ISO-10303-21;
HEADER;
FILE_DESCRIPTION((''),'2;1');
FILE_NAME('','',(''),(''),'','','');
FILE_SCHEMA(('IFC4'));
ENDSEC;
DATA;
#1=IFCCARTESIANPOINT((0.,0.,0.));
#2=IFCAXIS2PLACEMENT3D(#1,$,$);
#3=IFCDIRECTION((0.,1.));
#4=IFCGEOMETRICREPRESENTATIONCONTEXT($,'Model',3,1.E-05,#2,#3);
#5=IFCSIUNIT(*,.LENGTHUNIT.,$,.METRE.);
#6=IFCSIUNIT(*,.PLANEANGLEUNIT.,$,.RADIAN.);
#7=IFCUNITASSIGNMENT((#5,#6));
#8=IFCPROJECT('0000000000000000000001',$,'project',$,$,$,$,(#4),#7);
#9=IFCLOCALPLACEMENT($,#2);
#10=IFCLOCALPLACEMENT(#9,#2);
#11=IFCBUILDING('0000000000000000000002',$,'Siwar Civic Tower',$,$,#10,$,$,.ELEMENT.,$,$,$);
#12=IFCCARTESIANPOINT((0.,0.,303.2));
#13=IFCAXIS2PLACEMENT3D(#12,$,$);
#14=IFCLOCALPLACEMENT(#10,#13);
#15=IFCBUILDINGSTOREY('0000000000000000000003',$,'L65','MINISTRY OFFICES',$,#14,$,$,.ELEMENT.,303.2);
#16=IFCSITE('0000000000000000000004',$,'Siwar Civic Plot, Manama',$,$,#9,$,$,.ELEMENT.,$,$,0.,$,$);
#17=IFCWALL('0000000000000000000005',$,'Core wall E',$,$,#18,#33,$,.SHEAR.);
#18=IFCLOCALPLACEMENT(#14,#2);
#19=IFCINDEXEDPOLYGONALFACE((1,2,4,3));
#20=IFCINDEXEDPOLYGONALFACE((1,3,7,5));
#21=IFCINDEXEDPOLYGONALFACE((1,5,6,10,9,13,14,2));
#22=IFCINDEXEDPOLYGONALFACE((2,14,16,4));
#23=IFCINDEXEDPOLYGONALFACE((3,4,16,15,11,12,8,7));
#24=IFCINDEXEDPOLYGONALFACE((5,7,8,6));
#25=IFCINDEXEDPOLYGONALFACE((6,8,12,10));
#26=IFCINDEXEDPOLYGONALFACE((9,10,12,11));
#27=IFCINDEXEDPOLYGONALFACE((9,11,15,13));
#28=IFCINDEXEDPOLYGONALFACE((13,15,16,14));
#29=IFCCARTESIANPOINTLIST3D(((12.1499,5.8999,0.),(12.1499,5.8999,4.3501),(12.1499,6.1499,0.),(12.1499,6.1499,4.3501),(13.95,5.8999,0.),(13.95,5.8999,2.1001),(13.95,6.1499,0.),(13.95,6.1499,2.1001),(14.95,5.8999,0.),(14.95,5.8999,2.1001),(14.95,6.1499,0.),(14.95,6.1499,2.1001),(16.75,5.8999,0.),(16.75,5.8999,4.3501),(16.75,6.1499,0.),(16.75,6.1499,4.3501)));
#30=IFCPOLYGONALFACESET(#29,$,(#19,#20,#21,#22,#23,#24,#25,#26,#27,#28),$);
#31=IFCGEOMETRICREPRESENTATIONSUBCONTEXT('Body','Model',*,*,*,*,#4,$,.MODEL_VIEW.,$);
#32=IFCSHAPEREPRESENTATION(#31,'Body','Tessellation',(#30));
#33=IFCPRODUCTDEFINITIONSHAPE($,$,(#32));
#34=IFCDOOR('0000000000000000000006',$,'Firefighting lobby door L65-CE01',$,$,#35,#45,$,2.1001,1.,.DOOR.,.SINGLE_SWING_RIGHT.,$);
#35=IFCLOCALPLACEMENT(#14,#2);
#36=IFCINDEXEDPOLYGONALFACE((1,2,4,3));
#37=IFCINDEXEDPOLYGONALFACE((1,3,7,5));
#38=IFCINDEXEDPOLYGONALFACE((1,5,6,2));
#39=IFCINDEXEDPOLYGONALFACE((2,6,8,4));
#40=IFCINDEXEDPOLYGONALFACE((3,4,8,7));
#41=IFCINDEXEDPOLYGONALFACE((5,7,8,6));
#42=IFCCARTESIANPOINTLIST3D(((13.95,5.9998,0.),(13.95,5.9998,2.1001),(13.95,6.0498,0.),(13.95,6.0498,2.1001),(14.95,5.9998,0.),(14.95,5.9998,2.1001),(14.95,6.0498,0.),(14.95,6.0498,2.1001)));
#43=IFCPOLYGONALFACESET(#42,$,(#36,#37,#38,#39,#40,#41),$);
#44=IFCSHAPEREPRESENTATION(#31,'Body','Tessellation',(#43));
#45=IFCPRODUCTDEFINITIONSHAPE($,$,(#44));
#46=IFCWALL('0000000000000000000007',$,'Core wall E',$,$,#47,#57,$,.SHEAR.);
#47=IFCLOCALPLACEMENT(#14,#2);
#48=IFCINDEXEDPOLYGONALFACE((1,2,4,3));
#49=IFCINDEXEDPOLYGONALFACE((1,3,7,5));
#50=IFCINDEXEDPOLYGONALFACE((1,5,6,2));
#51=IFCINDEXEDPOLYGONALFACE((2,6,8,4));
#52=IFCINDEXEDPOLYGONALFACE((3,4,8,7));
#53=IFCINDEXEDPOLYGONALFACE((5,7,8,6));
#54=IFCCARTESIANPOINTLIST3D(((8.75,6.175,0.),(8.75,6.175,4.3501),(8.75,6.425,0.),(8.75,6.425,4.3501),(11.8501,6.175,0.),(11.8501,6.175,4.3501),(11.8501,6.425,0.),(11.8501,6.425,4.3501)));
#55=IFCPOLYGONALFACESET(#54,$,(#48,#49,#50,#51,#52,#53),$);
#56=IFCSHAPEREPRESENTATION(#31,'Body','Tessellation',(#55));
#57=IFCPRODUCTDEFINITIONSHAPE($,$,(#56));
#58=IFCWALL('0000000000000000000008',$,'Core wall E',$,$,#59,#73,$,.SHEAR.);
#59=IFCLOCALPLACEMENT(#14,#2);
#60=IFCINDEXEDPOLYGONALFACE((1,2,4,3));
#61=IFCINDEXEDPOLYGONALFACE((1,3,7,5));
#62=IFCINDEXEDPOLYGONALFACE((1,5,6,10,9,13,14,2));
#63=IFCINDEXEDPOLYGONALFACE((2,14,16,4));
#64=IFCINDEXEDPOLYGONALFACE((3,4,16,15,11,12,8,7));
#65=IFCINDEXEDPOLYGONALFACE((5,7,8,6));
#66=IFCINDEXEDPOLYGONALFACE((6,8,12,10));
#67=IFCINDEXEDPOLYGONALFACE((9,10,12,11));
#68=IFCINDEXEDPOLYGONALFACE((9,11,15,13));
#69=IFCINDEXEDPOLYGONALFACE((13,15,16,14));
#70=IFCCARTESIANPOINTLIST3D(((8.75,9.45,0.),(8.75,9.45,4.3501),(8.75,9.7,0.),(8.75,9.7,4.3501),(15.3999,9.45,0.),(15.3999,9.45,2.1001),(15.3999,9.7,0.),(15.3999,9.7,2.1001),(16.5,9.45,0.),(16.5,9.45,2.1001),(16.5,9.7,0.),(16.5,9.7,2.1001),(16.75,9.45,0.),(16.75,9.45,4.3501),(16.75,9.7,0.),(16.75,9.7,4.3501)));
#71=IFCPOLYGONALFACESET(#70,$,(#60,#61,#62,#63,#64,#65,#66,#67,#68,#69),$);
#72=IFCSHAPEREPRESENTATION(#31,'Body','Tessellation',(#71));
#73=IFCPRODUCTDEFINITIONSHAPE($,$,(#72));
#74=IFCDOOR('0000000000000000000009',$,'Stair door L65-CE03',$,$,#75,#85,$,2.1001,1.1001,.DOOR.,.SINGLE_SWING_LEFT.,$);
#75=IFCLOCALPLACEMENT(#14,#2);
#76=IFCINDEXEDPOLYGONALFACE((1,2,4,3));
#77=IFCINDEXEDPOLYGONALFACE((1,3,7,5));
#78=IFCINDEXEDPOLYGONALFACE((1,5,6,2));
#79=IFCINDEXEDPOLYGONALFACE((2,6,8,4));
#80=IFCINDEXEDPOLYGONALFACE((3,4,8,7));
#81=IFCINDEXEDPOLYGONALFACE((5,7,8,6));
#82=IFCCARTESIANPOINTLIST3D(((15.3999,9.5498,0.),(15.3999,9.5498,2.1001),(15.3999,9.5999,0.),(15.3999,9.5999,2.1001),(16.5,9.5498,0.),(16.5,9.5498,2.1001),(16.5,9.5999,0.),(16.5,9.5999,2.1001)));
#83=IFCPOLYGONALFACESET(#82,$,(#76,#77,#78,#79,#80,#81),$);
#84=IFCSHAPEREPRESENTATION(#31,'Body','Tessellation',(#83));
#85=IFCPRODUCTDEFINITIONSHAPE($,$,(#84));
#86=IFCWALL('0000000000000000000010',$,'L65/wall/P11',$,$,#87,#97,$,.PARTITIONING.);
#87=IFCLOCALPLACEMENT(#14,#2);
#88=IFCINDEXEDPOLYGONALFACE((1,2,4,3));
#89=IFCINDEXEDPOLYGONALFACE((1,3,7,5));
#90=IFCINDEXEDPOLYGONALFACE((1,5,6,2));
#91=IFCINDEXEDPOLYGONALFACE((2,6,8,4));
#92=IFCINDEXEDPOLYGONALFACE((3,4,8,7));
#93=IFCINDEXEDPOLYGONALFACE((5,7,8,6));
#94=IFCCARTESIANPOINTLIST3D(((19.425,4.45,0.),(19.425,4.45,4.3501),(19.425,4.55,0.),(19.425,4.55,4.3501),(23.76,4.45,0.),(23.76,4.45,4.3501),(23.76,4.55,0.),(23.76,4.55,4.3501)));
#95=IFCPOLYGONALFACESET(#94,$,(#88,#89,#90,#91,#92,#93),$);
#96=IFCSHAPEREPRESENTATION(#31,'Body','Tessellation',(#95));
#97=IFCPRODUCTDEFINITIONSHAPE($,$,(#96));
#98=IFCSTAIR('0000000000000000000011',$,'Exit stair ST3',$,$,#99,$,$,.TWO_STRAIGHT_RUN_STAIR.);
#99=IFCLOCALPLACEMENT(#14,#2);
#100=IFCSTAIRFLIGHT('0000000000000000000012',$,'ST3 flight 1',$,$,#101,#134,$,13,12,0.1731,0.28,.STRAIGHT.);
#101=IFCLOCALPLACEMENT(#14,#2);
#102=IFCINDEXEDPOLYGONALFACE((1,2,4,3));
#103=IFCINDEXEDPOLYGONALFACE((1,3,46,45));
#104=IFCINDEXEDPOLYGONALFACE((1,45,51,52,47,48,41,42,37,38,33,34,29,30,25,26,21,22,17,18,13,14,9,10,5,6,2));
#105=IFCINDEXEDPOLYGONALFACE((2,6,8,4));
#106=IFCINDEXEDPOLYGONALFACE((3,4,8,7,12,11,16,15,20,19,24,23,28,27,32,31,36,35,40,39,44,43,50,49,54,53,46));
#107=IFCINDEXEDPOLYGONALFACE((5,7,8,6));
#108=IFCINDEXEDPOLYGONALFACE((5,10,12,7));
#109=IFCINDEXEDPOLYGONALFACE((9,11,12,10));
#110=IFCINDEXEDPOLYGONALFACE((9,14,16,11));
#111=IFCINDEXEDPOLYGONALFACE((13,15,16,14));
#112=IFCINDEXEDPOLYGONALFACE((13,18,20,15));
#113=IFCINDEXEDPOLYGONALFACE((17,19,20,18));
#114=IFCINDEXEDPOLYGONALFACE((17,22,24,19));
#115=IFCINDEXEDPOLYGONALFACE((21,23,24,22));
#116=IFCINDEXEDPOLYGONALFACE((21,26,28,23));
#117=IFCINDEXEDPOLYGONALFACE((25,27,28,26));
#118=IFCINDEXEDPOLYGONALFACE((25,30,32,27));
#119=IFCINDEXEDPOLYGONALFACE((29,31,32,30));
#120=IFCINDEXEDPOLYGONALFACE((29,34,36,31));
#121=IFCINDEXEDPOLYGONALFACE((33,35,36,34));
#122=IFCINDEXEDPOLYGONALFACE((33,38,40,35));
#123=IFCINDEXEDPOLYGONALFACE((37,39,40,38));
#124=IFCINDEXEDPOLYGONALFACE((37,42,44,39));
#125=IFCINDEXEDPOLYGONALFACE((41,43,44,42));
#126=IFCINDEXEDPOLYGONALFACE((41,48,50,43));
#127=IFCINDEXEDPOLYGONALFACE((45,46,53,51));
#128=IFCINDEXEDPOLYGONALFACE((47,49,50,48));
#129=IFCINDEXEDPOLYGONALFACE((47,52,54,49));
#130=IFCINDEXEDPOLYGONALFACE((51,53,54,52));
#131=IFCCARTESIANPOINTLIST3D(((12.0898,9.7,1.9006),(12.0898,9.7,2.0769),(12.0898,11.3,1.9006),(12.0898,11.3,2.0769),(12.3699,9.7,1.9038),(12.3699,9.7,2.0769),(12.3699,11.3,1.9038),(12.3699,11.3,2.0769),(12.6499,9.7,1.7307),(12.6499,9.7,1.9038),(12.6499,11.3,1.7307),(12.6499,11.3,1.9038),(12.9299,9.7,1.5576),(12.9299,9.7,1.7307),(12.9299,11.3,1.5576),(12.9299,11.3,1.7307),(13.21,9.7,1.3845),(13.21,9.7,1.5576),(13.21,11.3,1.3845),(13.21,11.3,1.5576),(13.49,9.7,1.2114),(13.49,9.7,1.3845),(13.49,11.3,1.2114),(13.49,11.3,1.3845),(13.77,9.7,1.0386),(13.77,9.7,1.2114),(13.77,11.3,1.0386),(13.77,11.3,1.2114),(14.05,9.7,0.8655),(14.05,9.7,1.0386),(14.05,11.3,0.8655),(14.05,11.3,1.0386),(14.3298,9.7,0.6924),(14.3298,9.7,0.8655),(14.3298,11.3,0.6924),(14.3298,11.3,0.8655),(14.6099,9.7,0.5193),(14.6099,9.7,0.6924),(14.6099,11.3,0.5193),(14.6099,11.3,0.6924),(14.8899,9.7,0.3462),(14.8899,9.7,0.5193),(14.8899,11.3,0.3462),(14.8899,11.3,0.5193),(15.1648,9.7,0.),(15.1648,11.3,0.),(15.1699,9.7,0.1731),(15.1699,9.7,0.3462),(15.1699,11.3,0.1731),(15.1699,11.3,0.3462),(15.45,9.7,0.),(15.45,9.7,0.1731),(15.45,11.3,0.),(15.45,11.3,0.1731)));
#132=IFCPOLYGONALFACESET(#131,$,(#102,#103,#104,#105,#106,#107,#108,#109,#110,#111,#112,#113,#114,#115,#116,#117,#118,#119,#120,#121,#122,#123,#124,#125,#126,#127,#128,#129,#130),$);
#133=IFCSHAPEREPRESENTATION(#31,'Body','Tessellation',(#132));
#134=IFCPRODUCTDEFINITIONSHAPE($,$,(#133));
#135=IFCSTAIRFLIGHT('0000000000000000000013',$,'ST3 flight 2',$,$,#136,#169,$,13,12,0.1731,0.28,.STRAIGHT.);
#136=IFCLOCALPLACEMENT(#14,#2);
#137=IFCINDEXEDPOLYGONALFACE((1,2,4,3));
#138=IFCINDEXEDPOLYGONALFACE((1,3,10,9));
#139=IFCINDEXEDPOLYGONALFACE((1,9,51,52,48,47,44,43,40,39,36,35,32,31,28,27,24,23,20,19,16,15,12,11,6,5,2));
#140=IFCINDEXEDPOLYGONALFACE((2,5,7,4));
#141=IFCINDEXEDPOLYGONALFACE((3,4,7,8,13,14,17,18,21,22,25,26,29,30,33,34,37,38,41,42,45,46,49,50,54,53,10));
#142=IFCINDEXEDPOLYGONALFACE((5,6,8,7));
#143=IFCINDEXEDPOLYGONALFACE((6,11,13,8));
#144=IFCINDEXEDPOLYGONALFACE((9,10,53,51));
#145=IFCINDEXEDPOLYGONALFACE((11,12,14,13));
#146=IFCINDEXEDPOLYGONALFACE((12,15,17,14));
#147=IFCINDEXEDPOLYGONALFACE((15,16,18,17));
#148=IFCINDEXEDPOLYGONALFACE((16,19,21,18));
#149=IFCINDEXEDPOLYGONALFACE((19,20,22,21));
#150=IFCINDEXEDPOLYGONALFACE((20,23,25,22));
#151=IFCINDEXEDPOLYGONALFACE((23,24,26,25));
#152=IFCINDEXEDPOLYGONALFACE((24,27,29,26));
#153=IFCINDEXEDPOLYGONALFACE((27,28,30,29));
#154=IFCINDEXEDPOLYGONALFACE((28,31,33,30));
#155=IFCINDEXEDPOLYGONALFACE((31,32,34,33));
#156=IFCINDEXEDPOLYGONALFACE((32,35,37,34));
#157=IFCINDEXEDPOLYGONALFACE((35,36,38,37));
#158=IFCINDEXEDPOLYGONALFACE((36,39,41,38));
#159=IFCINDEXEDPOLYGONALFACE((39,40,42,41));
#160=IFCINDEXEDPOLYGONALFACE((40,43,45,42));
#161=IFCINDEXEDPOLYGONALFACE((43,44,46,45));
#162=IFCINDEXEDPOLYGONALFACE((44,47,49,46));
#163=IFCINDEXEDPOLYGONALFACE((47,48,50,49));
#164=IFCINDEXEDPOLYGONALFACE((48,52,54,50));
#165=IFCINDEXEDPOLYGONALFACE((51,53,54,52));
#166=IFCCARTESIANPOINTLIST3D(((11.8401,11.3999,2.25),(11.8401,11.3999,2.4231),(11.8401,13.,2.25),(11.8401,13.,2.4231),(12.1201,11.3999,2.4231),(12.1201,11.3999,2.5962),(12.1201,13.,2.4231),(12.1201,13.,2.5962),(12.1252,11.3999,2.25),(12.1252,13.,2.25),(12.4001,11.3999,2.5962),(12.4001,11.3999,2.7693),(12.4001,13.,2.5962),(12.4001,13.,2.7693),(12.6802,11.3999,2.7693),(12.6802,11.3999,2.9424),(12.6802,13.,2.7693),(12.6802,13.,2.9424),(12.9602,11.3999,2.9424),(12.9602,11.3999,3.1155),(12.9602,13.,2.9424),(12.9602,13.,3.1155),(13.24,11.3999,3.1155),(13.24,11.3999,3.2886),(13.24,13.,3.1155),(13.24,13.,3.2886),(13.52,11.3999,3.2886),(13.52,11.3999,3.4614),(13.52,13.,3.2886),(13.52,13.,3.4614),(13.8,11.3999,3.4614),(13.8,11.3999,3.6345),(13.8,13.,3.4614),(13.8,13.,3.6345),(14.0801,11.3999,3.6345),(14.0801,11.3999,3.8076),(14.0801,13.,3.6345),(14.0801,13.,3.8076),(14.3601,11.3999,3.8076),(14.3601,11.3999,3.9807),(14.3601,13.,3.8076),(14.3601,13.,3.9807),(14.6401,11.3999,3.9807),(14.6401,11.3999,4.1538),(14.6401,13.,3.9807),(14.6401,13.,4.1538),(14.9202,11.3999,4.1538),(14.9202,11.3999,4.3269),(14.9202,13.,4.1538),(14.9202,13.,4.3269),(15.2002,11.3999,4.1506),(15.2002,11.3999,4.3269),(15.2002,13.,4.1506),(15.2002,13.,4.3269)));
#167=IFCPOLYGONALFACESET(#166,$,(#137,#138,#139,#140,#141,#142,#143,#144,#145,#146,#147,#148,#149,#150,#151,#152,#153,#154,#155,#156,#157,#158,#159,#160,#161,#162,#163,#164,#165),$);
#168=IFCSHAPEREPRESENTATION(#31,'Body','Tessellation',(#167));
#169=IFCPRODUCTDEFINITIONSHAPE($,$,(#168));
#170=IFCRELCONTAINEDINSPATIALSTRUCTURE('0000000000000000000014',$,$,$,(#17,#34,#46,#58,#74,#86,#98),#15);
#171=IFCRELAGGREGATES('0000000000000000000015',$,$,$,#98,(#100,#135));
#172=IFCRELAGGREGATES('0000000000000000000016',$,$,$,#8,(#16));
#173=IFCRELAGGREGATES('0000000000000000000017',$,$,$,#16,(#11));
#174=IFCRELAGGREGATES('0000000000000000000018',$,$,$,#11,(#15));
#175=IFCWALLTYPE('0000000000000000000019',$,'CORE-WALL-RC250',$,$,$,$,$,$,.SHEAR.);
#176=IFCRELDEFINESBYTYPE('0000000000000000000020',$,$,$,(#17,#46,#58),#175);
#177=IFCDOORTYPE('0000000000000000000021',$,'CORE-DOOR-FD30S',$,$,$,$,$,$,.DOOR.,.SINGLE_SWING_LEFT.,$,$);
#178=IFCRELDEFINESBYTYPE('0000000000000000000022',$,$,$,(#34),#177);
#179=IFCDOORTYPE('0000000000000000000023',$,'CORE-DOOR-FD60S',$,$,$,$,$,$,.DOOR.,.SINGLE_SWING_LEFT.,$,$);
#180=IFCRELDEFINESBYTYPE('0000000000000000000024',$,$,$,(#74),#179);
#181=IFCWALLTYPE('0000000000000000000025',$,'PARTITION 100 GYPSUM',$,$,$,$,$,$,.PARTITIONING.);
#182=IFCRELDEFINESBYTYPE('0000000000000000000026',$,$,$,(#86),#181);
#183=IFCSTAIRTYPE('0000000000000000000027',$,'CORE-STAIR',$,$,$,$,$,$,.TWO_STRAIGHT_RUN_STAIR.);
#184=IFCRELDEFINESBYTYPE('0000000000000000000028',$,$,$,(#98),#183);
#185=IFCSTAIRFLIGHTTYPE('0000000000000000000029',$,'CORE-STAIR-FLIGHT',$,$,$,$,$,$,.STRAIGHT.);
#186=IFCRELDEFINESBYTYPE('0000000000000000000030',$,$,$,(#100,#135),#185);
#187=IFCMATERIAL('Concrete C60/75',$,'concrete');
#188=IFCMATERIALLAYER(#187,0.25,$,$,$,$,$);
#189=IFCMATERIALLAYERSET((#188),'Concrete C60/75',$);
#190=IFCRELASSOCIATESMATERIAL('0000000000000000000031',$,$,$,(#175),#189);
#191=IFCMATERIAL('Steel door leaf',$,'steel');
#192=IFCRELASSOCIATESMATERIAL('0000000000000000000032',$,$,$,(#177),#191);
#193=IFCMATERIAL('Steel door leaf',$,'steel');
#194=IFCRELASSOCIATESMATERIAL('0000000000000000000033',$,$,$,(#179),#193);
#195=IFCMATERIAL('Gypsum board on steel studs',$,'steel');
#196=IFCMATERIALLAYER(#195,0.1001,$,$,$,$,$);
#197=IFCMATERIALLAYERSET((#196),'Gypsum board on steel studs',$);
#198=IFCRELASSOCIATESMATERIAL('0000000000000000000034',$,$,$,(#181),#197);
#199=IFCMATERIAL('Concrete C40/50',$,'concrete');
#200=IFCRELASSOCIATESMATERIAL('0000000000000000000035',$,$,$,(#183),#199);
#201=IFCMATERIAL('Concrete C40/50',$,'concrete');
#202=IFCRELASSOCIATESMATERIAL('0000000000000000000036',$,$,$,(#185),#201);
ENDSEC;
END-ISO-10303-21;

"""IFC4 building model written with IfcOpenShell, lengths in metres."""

from ifc_helpers import new_model, si_unit, direction, frame, frame_2d, origin, place, context, subcontext, project, spatial, polyline, rectangle, outline, extrude, material, layer, layer_set, type_object, element, fill, aggregate, save


model = new_model("IFC4")

# Units and contexts
model_context = context("Model", 3, precision=1e-05, world=origin(), true_north=direction((0.0, 1.0)))
body_context = subcontext(model_context, "Body", "Model", "MODEL_VIEW")
ifc_project = project(units=[si_unit("LENGTHUNIT", "METRE"), si_unit("PLANEANGLEUNIT", "RADIAN")], contexts=[model_context])

# Site, building, storey
site_placement = place(None, origin())
site = spatial("IfcSite", under=ifc_project, at=site_placement, Name="Siwar Civic Plot, Manama", CompositionType="ELEMENT", RefElevation=0.0)
building_placement = place(site_placement, origin())
building = spatial("IfcBuilding", under=site, at=building_placement, Name="Siwar Civic Tower", CompositionType="ELEMENT")
storey_placement = place(building_placement, frame((0.0, 0.0, 303.2)))
storey = spatial("IfcBuildingStorey", under=building, at=storey_placement, Name="L65", Description="MINISTRY OFFICES", CompositionType="ELEMENT", Elevation=303.2)

# Wall, opening, door
ifc_material_1 = material(Name="Concrete C60/75", Category="concrete")
ifc_layer_1 = layer(ifc_material_1, 0.25)
ifc_layer_set_1 = layer_set([ifc_layer_1], Name="Concrete C60/75")
wall_type_1 = type_object("IfcWallType", Name="CORE-WALL-RC250", PredefinedType="SHEAR", material=ifc_layer_set_1)
wall_1_placement = place(storey_placement, frame((12.1499, 6.0249, 0.0), z_axis=(0.0, 0.0, 1.0), x_axis=(1.0, 0.0, 0.0)))
wall_1 = element("IfcWall", 1, at=wall_1_placement, inside=storey, type_object=wall_type_1, Name="Core wall E", PredefinedType="SHEAR", context=body_context, shape_type="SweptSolid", body=[
    extrude(rectangle(XDim=4.6001, YDim=0.25, at=frame_2d((2.3, 0.0))), origin(), (0.0, 0.0, 1.0), 4.3501),
])
opening_1_placement = place(wall_1_placement, frame((1.8, 0.0, 0.0)))
opening_1 = element("IfcOpeningElement", 2, at=opening_1_placement, cuts=wall_1, PredefinedType="OPENING", context=body_context, shape_type="SweptSolid", body=[
    extrude(rectangle(XDim=1.0, YDim=2.1001, at=frame_2d((0.5, 1.05))), frame((0.0, 0.135, 0.0), z_axis=(0.0, -1.0, 0.0), x_axis=(1.0, 0.0, 0.0)), (0.0, 0.0, 1.0), 0.27),
])
ifc_material_2 = material(Name="Steel door leaf", Category="steel")
door_type_1 = type_object("IfcDoorType", Name="CORE-DOOR-FD30S", OperationType="SINGLE_SWING_LEFT", PredefinedType="DOOR", material=ifc_material_2)
door_1_placement = place(opening_1_placement, origin())
door_1 = element("IfcDoor", 3, at=door_1_placement, inside=storey, type_object=door_type_1, Name="Firefighting lobby door L65-CE01", OperationType="SINGLE_SWING_RIGHT", OverallHeight=2.1001, OverallWidth=1.0, PredefinedType="DOOR", context=body_context, shape_type="SweptSolid", body=[
    extrude(rectangle(XDim=1.0, YDim=2.1001, at=frame_2d((0.5, 1.05))), frame((0.0, 0.0249, 0.0), z_axis=(0.0, -1.0, 0.0), x_axis=(1.0, 0.0, 0.0)), (0.0, 0.0, 1.0), 0.05),
])
fill(opening_1, door_1)

# Wall
wall_2_placement = place(storey_placement, frame((8.75, 6.3, 0.0), z_axis=(0.0, 0.0, 1.0), x_axis=(1.0, 0.0, 0.0)))
element("IfcWall", 4, at=wall_2_placement, inside=storey, type_object=wall_type_1, Name="Core wall E", PredefinedType="SHEAR", context=body_context, shape_type="SweptSolid", body=[
    extrude(rectangle(XDim=3.1001, YDim=0.25, at=frame_2d((1.55, 0.0))), origin(), (0.0, 0.0, 1.0), 4.3501),
])

# Wall, opening, door
wall_3_placement = place(storey_placement, frame((8.75, 9.575, 0.0), z_axis=(0.0, 0.0, 1.0), x_axis=(1.0, 0.0, 0.0)))
wall_3 = element("IfcWall", 5, at=wall_3_placement, inside=storey, type_object=wall_type_1, Name="Core wall E", PredefinedType="SHEAR", context=body_context, shape_type="SweptSolid", body=[
    extrude(rectangle(XDim=8.0, YDim=0.25, at=frame_2d((4.0, 0.0))), origin(), (0.0, 0.0, 1.0), 4.3501),
])
opening_2_placement = place(wall_3_placement, frame((6.6499, 0.0, 0.0)))
opening_2 = element("IfcOpeningElement", 6, at=opening_2_placement, cuts=wall_3, PredefinedType="OPENING", context=body_context, shape_type="SweptSolid", body=[
    extrude(rectangle(XDim=1.1001, YDim=2.1001, at=frame_2d((0.55, 1.05))), frame((0.0, 0.135, 0.0), z_axis=(0.0, -1.0, 0.0), x_axis=(1.0, 0.0, 0.0)), (0.0, 0.0, 1.0), 0.27),
])
ifc_material_3 = material(Name="Steel door leaf", Category="steel")
door_type_2 = type_object("IfcDoorType", Name="CORE-DOOR-FD60S", OperationType="SINGLE_SWING_LEFT", PredefinedType="DOOR", material=ifc_material_3)
door_2_placement = place(opening_2_placement, origin())
door_2 = element("IfcDoor", 7, at=door_2_placement, inside=storey, type_object=door_type_2, Name="Stair door L65-CE03", OperationType="SINGLE_SWING_LEFT", OverallHeight=2.1001, OverallWidth=1.1001, PredefinedType="DOOR", context=body_context, shape_type="SweptSolid", body=[
    extrude(rectangle(XDim=1.1001, YDim=2.1001, at=frame_2d((0.55, 1.05))), frame((0.0, 0.0249, 0.0), z_axis=(0.0, -1.0, 0.0), x_axis=(1.0, 0.0, 0.0)), (0.0, 0.0, 1.0), 0.05),
])
fill(opening_2, door_2)

# Wall
ifc_material_4 = material(Name="Gypsum board on steel studs", Category="steel")
ifc_layer_2 = layer(ifc_material_4, 0.1001)
ifc_layer_set_2 = layer_set([ifc_layer_2], Name="Gypsum board on steel studs")
wall_type_2 = type_object("IfcWallType", Name="PARTITION 100 GYPSUM", PredefinedType="PARTITIONING", material=ifc_layer_set_2)
wall_4_placement = place(storey_placement, frame((19.425, 4.5, 0.0), z_axis=(0.0, 0.0, 1.0), x_axis=(1.0, 0.0, 0.0)))
element("IfcWall", 8, at=wall_4_placement, inside=storey, type_object=wall_type_2, Name="L65/wall/P11", PredefinedType="PARTITIONING", context=body_context, shape_type="SweptSolid", body=[
    extrude(rectangle(XDim=4.335, YDim=0.1001, at=frame_2d((2.1675, 0.0))), origin(), (0.0, 0.0, 1.0), 4.3501),
])

# Stair, stair flights
ifc_material_5 = material(Name="Concrete C40/50", Category="concrete")
stair_type = type_object("IfcStairType", Name="CORE-STAIR", PredefinedType="TWO_STRAIGHT_RUN_STAIR", material=ifc_material_5)
stair_placement = place(storey_placement, origin())
stair = element("IfcStair", 9, at=stair_placement, inside=storey, type_object=stair_type, Name="Exit stair ST3", PredefinedType="TWO_STRAIGHT_RUN_STAIR")
ifc_material_6 = material(Name="Concrete C40/50", Category="concrete")
stair_flight_type = type_object("IfcStairFlightType", Name="CORE-STAIR-FLIGHT", PredefinedType="STRAIGHT", material=ifc_material_6)
stair_flight_1_placement = place(storey_placement, frame((15.45, 10.5, 0.0), z_axis=(0.0, 0.0, 1.0), x_axis=(-1.0, 0.0, 0.0)))
stair_flight_1 = element("IfcStairFlight", 10, at=stair_flight_1_placement, type_object=stair_flight_type, Name="ST3 flight 1", NumberOfRisers=13, NumberOfTreads=12, PredefinedType="STRAIGHT", RiserHeight=0.1731, TreadLength=0.28, context=body_context, shape_type="SweptSolid", body=[
    extrude(outline(polyline([(0.0, 0.0), (0.0, 0.1731), (0.28, 0.1731), (0.28, 0.3462), (0.5601, 0.3462), (0.5601, 0.5193), (0.8401, 0.5193), (0.8401, 0.6924), (1.1201, 0.6924), (1.1201, 0.8655), (1.3999, 0.8655), (1.3999, 1.0386), (1.6799, 1.0386), (1.6799, 1.2114), (1.96, 1.2114), (1.96, 1.3845), (2.24, 1.3845), (2.24, 1.5576), (2.52, 1.5576), (2.52, 1.7307), (2.8, 1.7307), (2.8, 1.9038), (3.0801, 1.9038), (3.0801, 2.0769), (3.3601, 2.0769), (3.3601, 2.25), (3.3601, 1.9006), (0.2852, 0.0), (0.0, 0.0)])), frame((0.0, 0.8, 0.0), z_axis=(0.0, -1.0, 0.0), x_axis=(1.0, 0.0, 0.0)), (0.0, 0.0, 1.0), 1.6001),
])
stair_flight_2_placement = place(storey_placement, frame((11.8401, 12.2, 2.25), z_axis=(0.0, 0.0, 1.0), x_axis=(1.0, 0.0, 0.0)))
stair_flight_2 = element("IfcStairFlight", 11, at=stair_flight_2_placement, type_object=stair_flight_type, Name="ST3 flight 2", NumberOfRisers=13, NumberOfTreads=12, PredefinedType="STRAIGHT", RiserHeight=0.1731, TreadLength=0.28, context=body_context, shape_type="SweptSolid", body=[
    extrude(outline(polyline([(0.0, 0.0), (0.0, 0.1731), (0.28, 0.1731), (0.28, 0.3462), (0.5601, 0.3462), (0.5601, 0.5193), (0.8401, 0.5193), (0.8401, 0.6924), (1.1201, 0.6924), (1.1201, 0.8655), (1.3999, 0.8655), (1.3999, 1.0386), (1.6799, 1.0386), (1.6799, 1.2114), (1.96, 1.2114), (1.96, 1.3845), (2.24, 1.3845), (2.24, 1.5576), (2.52, 1.5576), (2.52, 1.7307), (2.8, 1.7307), (2.8, 1.9038), (3.0801, 1.9038), (3.0801, 2.0769), (3.3601, 2.0769), (3.3601, 2.25), (3.3601, 1.9006), (0.2852, 0.0), (0.0, 0.0)])), frame((0.0, 0.8, 0.0), z_axis=(0.0, -1.0, 0.0), x_axis=(1.0, 0.0, 0.0)), (0.0, 0.0, 1.0), 1.6001),
])
aggregate(stair, [stair_flight_1, stair_flight_2])

save(model, "model.ifc")
